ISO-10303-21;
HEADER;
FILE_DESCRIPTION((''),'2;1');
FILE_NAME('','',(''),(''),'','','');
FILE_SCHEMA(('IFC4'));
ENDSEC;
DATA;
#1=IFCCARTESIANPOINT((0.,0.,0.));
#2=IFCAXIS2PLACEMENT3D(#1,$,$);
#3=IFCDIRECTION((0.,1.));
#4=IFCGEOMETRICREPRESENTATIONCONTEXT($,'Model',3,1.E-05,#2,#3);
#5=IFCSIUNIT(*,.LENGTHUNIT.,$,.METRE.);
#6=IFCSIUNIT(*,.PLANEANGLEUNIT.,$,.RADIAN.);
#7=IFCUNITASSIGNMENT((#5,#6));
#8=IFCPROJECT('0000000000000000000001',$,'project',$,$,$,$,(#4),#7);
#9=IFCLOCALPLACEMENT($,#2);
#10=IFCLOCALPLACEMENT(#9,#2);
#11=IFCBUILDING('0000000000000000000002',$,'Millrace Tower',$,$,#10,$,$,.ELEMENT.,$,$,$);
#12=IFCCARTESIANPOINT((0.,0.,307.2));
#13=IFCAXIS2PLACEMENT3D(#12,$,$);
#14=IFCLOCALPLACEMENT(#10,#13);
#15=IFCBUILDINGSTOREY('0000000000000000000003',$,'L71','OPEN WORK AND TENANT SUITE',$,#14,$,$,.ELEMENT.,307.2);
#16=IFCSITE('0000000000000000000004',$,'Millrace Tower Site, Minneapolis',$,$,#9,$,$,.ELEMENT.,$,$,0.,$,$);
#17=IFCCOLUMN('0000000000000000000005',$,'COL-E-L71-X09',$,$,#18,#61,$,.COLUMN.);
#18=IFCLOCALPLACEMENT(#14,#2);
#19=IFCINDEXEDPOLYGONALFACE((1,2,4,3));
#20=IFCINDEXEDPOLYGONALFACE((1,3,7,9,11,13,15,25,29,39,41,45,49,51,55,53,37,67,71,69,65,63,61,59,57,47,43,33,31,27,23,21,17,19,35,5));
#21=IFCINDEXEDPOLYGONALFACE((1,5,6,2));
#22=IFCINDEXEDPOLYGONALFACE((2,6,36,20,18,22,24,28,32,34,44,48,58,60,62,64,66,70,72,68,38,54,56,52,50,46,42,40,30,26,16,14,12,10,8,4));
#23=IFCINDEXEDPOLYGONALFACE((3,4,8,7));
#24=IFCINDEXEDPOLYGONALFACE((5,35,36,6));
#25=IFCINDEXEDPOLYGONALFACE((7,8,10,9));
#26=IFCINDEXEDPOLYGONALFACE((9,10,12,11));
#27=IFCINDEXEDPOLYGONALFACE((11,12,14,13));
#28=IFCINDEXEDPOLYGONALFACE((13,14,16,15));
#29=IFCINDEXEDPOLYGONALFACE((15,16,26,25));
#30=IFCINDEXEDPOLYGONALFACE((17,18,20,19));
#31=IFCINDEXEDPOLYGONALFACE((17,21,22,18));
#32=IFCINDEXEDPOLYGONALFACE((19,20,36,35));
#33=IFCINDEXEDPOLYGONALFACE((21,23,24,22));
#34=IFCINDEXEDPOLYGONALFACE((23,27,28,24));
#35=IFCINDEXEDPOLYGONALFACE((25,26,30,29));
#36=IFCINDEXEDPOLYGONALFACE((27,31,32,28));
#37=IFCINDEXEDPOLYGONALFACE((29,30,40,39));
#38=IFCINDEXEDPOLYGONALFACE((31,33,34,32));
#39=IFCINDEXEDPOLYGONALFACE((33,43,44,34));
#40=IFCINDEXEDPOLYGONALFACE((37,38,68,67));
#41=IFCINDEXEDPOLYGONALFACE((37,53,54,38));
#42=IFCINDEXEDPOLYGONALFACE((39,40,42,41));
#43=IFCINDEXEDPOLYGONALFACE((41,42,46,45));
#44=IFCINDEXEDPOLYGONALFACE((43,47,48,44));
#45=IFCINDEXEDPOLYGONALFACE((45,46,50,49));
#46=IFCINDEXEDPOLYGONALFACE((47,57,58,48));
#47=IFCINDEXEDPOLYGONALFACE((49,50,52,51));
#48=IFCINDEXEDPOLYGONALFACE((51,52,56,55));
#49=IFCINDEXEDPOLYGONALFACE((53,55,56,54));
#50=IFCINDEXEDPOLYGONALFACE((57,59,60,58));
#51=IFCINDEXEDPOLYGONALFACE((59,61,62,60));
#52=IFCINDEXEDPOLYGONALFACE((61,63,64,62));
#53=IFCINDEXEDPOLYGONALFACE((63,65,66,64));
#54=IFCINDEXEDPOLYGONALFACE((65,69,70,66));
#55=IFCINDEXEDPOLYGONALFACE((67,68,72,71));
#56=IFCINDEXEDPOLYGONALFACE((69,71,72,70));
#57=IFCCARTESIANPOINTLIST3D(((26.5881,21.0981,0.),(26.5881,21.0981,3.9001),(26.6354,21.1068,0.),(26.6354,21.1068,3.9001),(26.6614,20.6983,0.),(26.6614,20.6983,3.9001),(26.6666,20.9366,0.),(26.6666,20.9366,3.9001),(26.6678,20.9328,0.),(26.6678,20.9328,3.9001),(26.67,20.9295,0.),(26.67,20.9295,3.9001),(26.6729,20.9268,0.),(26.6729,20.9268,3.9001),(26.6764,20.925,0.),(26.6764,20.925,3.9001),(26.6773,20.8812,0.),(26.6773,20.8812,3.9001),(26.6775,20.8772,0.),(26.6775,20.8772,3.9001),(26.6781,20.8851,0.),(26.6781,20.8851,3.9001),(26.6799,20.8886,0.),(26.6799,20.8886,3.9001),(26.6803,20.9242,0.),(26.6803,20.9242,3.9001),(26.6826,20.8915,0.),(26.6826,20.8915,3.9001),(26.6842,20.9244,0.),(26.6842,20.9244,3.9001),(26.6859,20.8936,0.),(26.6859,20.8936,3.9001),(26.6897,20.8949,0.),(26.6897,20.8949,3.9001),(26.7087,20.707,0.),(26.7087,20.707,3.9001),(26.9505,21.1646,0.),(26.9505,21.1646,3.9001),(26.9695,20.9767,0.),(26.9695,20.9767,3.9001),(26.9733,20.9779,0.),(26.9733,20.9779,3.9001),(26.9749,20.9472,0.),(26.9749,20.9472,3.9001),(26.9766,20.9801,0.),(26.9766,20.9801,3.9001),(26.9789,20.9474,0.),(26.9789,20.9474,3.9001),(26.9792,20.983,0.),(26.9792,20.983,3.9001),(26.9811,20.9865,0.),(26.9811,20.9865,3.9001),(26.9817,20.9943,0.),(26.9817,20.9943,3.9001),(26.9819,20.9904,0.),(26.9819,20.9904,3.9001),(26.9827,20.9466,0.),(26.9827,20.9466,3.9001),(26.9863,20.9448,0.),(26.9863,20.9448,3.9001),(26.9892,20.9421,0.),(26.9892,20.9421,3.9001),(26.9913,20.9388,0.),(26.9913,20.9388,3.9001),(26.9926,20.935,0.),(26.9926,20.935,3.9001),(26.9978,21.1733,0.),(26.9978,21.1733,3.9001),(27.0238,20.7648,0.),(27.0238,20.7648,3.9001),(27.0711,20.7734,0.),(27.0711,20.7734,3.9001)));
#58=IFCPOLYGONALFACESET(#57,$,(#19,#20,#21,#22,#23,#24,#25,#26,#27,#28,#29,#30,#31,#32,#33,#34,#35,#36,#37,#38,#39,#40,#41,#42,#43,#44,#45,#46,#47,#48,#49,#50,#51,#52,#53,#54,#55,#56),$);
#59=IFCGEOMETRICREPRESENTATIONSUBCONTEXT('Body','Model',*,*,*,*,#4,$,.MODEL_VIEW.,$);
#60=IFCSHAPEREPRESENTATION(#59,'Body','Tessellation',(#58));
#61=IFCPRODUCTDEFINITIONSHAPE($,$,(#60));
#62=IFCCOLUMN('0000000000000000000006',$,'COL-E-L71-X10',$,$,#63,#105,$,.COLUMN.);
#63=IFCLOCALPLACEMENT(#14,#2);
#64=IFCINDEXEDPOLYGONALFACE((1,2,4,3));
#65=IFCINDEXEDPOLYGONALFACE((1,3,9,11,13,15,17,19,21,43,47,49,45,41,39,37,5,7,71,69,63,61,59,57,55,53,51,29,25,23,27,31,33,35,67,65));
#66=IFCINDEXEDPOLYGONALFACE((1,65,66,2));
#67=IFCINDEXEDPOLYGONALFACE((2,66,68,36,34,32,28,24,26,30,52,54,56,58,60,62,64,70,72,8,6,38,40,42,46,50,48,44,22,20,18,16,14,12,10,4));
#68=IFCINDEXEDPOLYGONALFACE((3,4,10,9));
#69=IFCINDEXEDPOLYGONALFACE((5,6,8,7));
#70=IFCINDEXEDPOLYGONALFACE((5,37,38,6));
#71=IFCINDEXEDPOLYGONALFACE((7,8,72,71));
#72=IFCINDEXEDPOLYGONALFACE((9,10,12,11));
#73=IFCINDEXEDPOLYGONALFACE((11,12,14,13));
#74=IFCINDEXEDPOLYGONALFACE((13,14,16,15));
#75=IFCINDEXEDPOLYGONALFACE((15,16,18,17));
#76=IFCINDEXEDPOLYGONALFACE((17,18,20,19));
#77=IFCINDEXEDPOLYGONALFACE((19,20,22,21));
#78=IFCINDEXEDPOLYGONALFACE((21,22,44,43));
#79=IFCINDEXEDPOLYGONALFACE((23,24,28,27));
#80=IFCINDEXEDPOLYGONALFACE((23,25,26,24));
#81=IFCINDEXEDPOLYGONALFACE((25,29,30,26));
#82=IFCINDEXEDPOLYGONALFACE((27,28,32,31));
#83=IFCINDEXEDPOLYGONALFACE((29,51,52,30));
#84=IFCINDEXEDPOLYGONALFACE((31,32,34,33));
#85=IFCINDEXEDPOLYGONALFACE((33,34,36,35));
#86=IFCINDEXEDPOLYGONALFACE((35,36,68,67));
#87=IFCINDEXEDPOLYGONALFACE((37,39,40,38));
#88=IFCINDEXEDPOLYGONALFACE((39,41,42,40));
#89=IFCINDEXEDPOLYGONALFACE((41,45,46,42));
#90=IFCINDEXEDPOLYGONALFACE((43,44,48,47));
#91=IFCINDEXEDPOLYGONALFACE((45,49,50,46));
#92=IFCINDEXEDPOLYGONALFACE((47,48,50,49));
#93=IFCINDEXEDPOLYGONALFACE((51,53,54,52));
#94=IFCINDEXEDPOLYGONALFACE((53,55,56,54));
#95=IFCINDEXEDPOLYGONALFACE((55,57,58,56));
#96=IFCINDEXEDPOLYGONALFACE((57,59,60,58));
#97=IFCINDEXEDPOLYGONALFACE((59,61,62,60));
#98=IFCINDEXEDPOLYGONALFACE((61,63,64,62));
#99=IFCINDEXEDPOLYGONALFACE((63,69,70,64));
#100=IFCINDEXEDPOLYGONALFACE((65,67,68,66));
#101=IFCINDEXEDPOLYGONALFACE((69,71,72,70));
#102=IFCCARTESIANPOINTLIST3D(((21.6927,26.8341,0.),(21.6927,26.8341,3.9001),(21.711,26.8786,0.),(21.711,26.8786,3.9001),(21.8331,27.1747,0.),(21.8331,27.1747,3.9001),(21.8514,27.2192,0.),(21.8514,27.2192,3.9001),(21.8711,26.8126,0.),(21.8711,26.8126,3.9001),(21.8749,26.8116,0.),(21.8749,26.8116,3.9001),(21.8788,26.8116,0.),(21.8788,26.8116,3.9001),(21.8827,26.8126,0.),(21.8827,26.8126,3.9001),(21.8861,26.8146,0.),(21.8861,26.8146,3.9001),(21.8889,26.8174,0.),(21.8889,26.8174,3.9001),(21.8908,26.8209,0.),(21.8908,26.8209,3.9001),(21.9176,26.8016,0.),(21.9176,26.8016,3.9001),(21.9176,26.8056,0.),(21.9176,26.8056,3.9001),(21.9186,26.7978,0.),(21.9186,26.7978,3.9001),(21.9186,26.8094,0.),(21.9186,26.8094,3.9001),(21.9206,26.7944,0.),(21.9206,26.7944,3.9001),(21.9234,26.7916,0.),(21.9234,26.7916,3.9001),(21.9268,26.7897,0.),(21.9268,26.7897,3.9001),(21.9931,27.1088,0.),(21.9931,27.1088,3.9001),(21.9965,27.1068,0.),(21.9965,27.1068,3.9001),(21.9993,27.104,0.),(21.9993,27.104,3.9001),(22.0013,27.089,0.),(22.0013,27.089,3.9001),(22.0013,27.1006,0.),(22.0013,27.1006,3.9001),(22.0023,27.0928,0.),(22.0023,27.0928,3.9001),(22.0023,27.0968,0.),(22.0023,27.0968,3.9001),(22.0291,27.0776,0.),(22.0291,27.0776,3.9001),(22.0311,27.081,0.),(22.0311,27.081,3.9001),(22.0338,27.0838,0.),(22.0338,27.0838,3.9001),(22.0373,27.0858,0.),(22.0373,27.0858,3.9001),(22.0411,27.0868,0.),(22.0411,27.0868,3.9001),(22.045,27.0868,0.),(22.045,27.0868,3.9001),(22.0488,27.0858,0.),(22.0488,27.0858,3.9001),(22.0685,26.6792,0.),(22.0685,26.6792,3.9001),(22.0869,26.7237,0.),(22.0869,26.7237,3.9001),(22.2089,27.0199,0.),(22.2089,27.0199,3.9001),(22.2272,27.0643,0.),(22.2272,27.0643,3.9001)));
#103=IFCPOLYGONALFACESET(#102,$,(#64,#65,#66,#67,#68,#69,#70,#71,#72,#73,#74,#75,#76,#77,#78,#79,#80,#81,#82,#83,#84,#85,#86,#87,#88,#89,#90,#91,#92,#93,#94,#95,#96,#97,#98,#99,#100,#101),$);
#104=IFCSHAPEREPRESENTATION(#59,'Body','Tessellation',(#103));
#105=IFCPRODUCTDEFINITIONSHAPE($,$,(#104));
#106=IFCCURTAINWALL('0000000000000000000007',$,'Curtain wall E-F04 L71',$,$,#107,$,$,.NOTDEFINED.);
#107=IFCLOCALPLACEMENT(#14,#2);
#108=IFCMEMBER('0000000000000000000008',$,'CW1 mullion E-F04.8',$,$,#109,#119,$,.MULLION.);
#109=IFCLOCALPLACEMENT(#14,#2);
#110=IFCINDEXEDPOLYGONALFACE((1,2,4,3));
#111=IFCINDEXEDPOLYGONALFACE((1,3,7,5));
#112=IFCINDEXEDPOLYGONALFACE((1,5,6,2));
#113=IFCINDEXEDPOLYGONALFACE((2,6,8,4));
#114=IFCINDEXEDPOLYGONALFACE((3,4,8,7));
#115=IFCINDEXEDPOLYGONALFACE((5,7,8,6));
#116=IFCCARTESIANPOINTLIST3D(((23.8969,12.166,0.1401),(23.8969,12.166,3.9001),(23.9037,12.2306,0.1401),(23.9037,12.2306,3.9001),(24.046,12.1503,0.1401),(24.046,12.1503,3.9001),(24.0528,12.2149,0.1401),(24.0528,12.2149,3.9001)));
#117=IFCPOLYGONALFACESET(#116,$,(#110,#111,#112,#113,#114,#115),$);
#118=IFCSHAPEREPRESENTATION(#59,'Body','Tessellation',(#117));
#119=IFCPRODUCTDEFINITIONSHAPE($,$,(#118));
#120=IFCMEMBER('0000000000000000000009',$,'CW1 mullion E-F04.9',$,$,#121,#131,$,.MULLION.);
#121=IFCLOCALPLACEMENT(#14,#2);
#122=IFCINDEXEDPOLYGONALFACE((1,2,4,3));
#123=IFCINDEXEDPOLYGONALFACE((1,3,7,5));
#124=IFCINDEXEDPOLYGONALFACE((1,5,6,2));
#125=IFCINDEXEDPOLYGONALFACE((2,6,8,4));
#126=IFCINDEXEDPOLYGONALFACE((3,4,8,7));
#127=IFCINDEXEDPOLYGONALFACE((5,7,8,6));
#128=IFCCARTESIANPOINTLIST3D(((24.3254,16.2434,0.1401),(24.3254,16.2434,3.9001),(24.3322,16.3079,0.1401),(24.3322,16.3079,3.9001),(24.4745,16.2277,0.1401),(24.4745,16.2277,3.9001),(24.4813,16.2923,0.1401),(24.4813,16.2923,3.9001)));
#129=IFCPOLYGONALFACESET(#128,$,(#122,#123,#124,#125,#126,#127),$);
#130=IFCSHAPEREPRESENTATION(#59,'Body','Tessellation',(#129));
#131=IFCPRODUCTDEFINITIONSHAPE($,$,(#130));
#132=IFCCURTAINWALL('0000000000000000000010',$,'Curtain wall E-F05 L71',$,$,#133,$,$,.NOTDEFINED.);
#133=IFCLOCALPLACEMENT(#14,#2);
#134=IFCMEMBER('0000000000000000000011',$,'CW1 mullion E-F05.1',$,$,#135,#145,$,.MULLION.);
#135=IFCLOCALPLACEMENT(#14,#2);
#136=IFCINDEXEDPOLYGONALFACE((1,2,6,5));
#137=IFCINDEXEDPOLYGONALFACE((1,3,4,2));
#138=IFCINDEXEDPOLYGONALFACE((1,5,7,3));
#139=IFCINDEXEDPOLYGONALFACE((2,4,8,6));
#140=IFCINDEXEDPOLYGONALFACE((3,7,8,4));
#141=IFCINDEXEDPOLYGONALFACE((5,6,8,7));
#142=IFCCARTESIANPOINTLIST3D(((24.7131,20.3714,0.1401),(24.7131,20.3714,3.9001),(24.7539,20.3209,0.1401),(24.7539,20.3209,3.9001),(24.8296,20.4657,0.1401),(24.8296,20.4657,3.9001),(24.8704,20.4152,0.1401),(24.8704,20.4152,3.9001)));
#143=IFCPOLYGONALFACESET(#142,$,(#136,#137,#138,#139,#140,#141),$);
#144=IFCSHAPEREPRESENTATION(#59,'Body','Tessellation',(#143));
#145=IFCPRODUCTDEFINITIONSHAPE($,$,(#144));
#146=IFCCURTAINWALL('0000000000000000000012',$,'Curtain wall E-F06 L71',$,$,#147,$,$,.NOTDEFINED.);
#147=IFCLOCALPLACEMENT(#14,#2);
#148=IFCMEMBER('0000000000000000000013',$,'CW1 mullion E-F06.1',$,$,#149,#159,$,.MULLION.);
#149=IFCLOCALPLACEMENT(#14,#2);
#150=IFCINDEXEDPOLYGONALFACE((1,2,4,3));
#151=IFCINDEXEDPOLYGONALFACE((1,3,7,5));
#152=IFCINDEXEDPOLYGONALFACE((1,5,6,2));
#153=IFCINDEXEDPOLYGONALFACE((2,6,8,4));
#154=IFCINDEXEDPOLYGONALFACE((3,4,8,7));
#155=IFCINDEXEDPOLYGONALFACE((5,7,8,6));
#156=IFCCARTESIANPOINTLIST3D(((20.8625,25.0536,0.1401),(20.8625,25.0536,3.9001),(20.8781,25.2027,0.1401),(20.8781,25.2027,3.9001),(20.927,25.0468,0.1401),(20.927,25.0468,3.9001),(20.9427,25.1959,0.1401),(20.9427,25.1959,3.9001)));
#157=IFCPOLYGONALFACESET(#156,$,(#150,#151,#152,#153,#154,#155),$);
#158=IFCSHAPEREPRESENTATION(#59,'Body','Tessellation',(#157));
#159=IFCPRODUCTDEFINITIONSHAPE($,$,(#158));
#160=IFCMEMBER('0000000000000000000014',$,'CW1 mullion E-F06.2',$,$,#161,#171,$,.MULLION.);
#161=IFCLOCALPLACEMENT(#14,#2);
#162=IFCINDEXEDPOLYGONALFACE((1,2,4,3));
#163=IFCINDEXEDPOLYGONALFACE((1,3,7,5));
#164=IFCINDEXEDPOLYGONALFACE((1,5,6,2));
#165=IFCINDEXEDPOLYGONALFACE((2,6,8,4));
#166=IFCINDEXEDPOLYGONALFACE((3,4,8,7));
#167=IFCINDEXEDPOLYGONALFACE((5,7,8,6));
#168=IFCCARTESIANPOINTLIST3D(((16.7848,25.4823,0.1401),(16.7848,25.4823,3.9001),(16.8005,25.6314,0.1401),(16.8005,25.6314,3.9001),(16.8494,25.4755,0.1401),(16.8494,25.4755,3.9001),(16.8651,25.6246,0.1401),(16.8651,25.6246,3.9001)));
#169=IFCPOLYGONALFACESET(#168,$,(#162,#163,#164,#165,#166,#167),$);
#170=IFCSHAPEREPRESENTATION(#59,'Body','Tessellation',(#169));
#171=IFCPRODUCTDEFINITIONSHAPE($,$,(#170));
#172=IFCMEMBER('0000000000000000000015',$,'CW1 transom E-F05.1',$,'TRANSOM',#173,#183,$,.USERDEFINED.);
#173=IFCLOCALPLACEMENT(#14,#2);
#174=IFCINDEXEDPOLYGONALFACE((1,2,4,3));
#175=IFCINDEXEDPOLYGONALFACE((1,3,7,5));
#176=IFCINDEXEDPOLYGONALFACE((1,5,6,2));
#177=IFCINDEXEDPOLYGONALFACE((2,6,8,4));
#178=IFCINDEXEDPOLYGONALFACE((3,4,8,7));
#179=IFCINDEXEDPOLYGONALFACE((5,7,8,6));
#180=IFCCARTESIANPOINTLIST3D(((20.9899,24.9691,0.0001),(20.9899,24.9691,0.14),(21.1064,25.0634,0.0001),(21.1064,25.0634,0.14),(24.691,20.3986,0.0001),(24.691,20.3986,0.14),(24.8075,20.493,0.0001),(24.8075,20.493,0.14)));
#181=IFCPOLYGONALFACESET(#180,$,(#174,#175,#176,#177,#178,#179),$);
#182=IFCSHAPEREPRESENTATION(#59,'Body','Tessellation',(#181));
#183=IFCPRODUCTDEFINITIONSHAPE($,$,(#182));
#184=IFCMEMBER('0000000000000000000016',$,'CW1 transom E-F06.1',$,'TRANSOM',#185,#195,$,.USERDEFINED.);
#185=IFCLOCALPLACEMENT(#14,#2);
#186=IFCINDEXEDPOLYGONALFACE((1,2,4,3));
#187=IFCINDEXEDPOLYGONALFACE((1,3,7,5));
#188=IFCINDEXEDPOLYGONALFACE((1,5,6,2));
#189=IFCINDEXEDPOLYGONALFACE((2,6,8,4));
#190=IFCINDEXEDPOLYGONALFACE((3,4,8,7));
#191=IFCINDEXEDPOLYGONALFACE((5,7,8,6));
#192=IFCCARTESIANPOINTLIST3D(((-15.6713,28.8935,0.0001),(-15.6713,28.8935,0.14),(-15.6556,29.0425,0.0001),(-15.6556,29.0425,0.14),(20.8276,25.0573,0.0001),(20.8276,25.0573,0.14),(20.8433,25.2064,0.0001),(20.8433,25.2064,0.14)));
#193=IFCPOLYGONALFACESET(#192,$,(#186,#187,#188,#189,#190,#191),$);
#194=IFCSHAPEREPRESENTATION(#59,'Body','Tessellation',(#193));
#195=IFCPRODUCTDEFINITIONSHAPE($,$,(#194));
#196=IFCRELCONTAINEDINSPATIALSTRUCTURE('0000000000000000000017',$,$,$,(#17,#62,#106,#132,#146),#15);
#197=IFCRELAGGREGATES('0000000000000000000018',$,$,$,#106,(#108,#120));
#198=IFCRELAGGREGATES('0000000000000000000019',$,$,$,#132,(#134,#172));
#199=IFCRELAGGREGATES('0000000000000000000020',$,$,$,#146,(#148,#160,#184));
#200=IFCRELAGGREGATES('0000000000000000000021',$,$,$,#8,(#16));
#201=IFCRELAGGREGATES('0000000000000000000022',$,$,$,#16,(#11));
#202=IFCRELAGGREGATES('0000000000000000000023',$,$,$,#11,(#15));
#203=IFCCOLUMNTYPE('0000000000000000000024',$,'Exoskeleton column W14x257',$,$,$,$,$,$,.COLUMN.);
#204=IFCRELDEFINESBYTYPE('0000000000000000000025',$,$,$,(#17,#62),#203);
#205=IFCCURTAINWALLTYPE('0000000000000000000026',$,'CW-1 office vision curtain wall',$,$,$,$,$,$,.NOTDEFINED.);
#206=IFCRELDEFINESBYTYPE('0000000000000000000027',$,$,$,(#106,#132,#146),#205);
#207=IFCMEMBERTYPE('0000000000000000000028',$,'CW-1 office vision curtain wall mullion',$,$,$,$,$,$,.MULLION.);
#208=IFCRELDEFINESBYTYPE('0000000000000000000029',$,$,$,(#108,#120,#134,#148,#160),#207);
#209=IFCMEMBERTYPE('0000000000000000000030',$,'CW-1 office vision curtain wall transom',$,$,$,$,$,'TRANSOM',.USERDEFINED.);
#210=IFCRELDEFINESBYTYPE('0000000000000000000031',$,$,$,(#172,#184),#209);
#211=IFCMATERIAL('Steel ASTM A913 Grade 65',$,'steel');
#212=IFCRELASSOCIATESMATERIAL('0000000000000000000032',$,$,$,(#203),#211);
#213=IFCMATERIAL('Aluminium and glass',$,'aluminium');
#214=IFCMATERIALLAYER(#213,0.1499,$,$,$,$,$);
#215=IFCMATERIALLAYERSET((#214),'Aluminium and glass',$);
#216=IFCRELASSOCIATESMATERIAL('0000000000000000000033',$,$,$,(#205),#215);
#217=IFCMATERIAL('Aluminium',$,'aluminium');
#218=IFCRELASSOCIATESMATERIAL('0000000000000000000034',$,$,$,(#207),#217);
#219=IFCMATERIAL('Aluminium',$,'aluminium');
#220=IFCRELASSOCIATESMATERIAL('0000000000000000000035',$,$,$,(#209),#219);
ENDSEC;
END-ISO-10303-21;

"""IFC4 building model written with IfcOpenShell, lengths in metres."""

from ifc_helpers import new_model, si_unit, direction, frame, origin, origin_2d, place, context, subcontext, project, spatial, rectangle, i_section, extrude, material, layer, layer_set, material_profile, profile_set, type_object, element, aggregate, save


model = new_model("IFC4")

# Units and contexts
model_context = context("Model", 3, precision=1e-05, world=origin(), true_north=direction((0.0, 1.0)))
body_context = subcontext(model_context, "Body", "Model", "MODEL_VIEW")
ifc_project = project(units=[si_unit("LENGTHUNIT", "METRE"), si_unit("PLANEANGLEUNIT", "RADIAN")], contexts=[model_context])

# Site, building, storey
site_placement = place(None, origin())
site = spatial("IfcSite", under=ifc_project, at=site_placement, Name="Millrace Tower Site, Minneapolis", CompositionType="ELEMENT", RefElevation=0.0)
building_placement = place(site_placement, origin())
building = spatial("IfcBuilding", under=site, at=building_placement, Name="Millrace Tower", CompositionType="ELEMENT")
storey_placement = place(building_placement, frame((0.0, 0.0, 307.2)))
storey = spatial("IfcBuildingStorey", under=building, at=storey_placement, Name="L71", Description="OPEN WORK AND TENANT SUITE", CompositionType="ELEMENT", Elevation=307.2)

# Columns
ifc_material_1 = material(Name="Steel ASTM A913 Grade 65", Category="steel")
ifc_material_profile_1 = material_profile(ifc_material_1, i_section(OverallWidth=0.4065, OverallDepth=0.4165, WebThickness=0.03, FlangeThickness=0.0481, FilletRadius=0.0151, at=origin_2d()))
ifc_profile_set_1 = profile_set([ifc_material_profile_1], Name="Steel ASTM A913 Grade 65")
column_type = type_object("IfcColumnType", Name="Exoskeleton column W14x257", PredefinedType="COLUMN", material=ifc_profile_set_1)
for number, where, z_axis, x_axis, name in (
    (1, (26.8296, 20.9358, 0.0), (0.0, 0.0, 1.0), (-0.180387, 0.983596, 0.0), "COL-E-L71-X09"),
    (2, (21.96, 26.9492, 0.0), (0.0, 0.0, 1.0), (-0.924597, 0.380947, 0.0), "COL-E-L71-X10"),
):
    element("IfcColumn", number, at=place(storey_placement, frame(where, z_axis=z_axis, x_axis=x_axis)), inside=storey, type_object=column_type, Name=name, PredefinedType="COLUMN", context=body_context, shape_type="SweptSolid", body=[
        extrude(i_section(OverallWidth=0.4065, OverallDepth=0.4165, WebThickness=0.03, FlangeThickness=0.0481, FilletRadius=0.0151, at=origin_2d()), origin(), (0.0, 0.0, 1.0), 3.9001),
    ])

# Curtain wall, members
ifc_material_2 = material(Name="Aluminium and glass", Category="aluminium")
ifc_layer_1 = layer(ifc_material_2, 0.1499)
ifc_layer_set_1 = layer_set([ifc_layer_1], Name="Aluminium and glass")
curtain_wall_type = type_object("IfcCurtainWallType", Name="CW-1 office vision curtain wall", PredefinedType="NOTDEFINED", material=ifc_layer_set_1)
placement = place(storey_placement, origin())
curtain_wall_1 = element("IfcCurtainWall", 3, at=placement, inside=storey, type_object=curtain_wall_type, Name="Curtain wall E-F04 L71", PredefinedType="NOTDEFINED")
ifc_material_3 = material(Name="Aluminium", Category="aluminium")
ifc_material_profile_2 = material_profile(ifc_material_3, rectangle(XDim=0.0649, YDim=0.1499, at=origin_2d()))
ifc_profile_set_2 = profile_set([ifc_material_profile_2], Name="Aluminium")
member_type_1 = type_object("IfcMemberType", Name="CW-1 office vision curtain wall mullion", PredefinedType="MULLION", material=ifc_profile_set_2)
member_1_placement = place(storey_placement, frame((23.9749, 12.1904, 0.1401), z_axis=(0.0, 0.0, 1.0), x_axis=(0.104528, 0.994522, 0.0)))
member_1 = element("IfcMember", 4, at=member_1_placement, type_object=member_type_1, Name="CW1 mullion E-F04.8", PredefinedType="MULLION", context=body_context, shape_type="SweptSolid", body=[
    extrude(rectangle(XDim=0.0649, YDim=0.1499, at=origin_2d()), origin(), (0.0, 0.0, 1.0), 3.76),
])
member_2_placement = place(storey_placement, frame((24.4033, 16.2678, 0.1401), z_axis=(0.0, 0.0, 1.0), x_axis=(0.104528, 0.994522, 0.0)))
member_2 = element("IfcMember", 5, at=member_2_placement, type_object=member_type_1, Name="CW1 mullion E-F04.9", PredefinedType="MULLION", context=body_context, shape_type="SweptSolid", body=[
    extrude(rectangle(XDim=0.0649, YDim=0.1499, at=origin_2d()), origin(), (0.0, 0.0, 1.0), 3.76),
])
aggregate(curtain_wall_1, [member_1, member_2])

# Curtain wall, member
curtain_wall_2 = element("IfcCurtainWall", 6, at=placement, inside=storey, type_object=curtain_wall_type, Name="Curtain wall E-F05 L71", PredefinedType="NOTDEFINED")
member_3_placement = place(storey_placement, frame((24.7917, 20.3933, 0.1401), z_axis=(0.0, 0.0, 1.0), x_axis=(-0.62932, 0.777146, 0.0)))
member_3 = element("IfcMember", 7, at=member_3_placement, type_object=member_type_1, Name="CW1 mullion E-F05.1", PredefinedType="MULLION", context=body_context, shape_type="SweptSolid", body=[
    extrude(rectangle(XDim=0.0649, YDim=0.1499, at=origin_2d()), origin(), (0.0, 0.0, 1.0), 3.76),
])

# Curtain wall, members
curtain_wall_3 = element("IfcCurtainWall", 8, at=placement, inside=storey, type_object=curtain_wall_type, Name="Curtain wall E-F06 L71", PredefinedType="NOTDEFINED")
member_4_placement = place(storey_placement, frame((20.9026, 25.1248, 0.1401), z_axis=(0.0, 0.0, 1.0), x_axis=(-0.994522, 0.104528, 0.0)))
member_4 = element("IfcMember", 9, at=member_4_placement, type_object=member_type_1, Name="CW1 mullion E-F06.1", PredefinedType="MULLION", context=body_context, shape_type="SweptSolid", body=[
    extrude(rectangle(XDim=0.0649, YDim=0.1499, at=origin_2d()), origin(), (0.0, 0.0, 1.0), 3.76),
])
member_5_placement = place(storey_placement, frame((16.825, 25.5535, 0.1401), z_axis=(0.0, 0.0, 1.0), x_axis=(-0.994522, 0.104528, 0.0)))
member_5 = element("IfcMember", 10, at=member_5_placement, type_object=member_type_1, Name="CW1 mullion E-F06.2", PredefinedType="MULLION", context=body_context, shape_type="SweptSolid", body=[
    extrude(rectangle(XDim=0.0649, YDim=0.1499, at=origin_2d()), origin(), (0.0, 0.0, 1.0), 3.76),
])

# Members
ifc_material_4 = material(Name="Aluminium", Category="aluminium")
ifc_material_profile_3 = material_profile(ifc_material_4, rectangle(XDim=0.1499, YDim=0.1399, at=origin_2d()))
ifc_profile_set_3 = profile_set([ifc_material_profile_3], Name="Aluminium")
member_type_2 = type_object("IfcMemberType", Name="CW-1 office vision curtain wall transom", ElementType="TRANSOM", PredefinedType="USERDEFINED", material=ifc_profile_set_3)
member_6_placement = place(storey_placement, frame((24.7493, 20.4458, 0.0701), z_axis=(-0.629321, 0.777145, 0.0), x_axis=(-0.777145, -0.629321, 0.0)))
member_6 = element("IfcMember", 11, at=member_6_placement, type_object=member_type_2, Name="CW1 transom E-F05.1", ObjectType="TRANSOM", PredefinedType="USERDEFINED", context=body_context, shape_type="SweptSolid", body=[
    extrude(rectangle(XDim=0.1499, YDim=0.1399, at=origin_2d()), origin(), (0.0, 0.0, 1.0), 5.8811),
])
aggregate(curtain_wall_2, [member_3, member_6])
member_7_placement = place(storey_placement, frame((20.8354, 25.1318, 0.0701), z_axis=(-0.994522, 0.104528, 0.0), x_axis=(-0.104528, -0.994522, 0.0)))
member_7 = element("IfcMember", 12, at=member_7_placement, type_object=member_type_2, Name="CW1 transom E-F06.1", ObjectType="TRANSOM", PredefinedType="USERDEFINED", context=body_context, shape_type="SweptSolid", body=[
    extrude(rectangle(XDim=0.1499, YDim=0.1399, at=origin_2d()), origin(), (0.0, 0.0, 1.0), 36.7),
])
aggregate(curtain_wall_3, [member_4, member_5, member_7])

save(model, "model.ifc")
